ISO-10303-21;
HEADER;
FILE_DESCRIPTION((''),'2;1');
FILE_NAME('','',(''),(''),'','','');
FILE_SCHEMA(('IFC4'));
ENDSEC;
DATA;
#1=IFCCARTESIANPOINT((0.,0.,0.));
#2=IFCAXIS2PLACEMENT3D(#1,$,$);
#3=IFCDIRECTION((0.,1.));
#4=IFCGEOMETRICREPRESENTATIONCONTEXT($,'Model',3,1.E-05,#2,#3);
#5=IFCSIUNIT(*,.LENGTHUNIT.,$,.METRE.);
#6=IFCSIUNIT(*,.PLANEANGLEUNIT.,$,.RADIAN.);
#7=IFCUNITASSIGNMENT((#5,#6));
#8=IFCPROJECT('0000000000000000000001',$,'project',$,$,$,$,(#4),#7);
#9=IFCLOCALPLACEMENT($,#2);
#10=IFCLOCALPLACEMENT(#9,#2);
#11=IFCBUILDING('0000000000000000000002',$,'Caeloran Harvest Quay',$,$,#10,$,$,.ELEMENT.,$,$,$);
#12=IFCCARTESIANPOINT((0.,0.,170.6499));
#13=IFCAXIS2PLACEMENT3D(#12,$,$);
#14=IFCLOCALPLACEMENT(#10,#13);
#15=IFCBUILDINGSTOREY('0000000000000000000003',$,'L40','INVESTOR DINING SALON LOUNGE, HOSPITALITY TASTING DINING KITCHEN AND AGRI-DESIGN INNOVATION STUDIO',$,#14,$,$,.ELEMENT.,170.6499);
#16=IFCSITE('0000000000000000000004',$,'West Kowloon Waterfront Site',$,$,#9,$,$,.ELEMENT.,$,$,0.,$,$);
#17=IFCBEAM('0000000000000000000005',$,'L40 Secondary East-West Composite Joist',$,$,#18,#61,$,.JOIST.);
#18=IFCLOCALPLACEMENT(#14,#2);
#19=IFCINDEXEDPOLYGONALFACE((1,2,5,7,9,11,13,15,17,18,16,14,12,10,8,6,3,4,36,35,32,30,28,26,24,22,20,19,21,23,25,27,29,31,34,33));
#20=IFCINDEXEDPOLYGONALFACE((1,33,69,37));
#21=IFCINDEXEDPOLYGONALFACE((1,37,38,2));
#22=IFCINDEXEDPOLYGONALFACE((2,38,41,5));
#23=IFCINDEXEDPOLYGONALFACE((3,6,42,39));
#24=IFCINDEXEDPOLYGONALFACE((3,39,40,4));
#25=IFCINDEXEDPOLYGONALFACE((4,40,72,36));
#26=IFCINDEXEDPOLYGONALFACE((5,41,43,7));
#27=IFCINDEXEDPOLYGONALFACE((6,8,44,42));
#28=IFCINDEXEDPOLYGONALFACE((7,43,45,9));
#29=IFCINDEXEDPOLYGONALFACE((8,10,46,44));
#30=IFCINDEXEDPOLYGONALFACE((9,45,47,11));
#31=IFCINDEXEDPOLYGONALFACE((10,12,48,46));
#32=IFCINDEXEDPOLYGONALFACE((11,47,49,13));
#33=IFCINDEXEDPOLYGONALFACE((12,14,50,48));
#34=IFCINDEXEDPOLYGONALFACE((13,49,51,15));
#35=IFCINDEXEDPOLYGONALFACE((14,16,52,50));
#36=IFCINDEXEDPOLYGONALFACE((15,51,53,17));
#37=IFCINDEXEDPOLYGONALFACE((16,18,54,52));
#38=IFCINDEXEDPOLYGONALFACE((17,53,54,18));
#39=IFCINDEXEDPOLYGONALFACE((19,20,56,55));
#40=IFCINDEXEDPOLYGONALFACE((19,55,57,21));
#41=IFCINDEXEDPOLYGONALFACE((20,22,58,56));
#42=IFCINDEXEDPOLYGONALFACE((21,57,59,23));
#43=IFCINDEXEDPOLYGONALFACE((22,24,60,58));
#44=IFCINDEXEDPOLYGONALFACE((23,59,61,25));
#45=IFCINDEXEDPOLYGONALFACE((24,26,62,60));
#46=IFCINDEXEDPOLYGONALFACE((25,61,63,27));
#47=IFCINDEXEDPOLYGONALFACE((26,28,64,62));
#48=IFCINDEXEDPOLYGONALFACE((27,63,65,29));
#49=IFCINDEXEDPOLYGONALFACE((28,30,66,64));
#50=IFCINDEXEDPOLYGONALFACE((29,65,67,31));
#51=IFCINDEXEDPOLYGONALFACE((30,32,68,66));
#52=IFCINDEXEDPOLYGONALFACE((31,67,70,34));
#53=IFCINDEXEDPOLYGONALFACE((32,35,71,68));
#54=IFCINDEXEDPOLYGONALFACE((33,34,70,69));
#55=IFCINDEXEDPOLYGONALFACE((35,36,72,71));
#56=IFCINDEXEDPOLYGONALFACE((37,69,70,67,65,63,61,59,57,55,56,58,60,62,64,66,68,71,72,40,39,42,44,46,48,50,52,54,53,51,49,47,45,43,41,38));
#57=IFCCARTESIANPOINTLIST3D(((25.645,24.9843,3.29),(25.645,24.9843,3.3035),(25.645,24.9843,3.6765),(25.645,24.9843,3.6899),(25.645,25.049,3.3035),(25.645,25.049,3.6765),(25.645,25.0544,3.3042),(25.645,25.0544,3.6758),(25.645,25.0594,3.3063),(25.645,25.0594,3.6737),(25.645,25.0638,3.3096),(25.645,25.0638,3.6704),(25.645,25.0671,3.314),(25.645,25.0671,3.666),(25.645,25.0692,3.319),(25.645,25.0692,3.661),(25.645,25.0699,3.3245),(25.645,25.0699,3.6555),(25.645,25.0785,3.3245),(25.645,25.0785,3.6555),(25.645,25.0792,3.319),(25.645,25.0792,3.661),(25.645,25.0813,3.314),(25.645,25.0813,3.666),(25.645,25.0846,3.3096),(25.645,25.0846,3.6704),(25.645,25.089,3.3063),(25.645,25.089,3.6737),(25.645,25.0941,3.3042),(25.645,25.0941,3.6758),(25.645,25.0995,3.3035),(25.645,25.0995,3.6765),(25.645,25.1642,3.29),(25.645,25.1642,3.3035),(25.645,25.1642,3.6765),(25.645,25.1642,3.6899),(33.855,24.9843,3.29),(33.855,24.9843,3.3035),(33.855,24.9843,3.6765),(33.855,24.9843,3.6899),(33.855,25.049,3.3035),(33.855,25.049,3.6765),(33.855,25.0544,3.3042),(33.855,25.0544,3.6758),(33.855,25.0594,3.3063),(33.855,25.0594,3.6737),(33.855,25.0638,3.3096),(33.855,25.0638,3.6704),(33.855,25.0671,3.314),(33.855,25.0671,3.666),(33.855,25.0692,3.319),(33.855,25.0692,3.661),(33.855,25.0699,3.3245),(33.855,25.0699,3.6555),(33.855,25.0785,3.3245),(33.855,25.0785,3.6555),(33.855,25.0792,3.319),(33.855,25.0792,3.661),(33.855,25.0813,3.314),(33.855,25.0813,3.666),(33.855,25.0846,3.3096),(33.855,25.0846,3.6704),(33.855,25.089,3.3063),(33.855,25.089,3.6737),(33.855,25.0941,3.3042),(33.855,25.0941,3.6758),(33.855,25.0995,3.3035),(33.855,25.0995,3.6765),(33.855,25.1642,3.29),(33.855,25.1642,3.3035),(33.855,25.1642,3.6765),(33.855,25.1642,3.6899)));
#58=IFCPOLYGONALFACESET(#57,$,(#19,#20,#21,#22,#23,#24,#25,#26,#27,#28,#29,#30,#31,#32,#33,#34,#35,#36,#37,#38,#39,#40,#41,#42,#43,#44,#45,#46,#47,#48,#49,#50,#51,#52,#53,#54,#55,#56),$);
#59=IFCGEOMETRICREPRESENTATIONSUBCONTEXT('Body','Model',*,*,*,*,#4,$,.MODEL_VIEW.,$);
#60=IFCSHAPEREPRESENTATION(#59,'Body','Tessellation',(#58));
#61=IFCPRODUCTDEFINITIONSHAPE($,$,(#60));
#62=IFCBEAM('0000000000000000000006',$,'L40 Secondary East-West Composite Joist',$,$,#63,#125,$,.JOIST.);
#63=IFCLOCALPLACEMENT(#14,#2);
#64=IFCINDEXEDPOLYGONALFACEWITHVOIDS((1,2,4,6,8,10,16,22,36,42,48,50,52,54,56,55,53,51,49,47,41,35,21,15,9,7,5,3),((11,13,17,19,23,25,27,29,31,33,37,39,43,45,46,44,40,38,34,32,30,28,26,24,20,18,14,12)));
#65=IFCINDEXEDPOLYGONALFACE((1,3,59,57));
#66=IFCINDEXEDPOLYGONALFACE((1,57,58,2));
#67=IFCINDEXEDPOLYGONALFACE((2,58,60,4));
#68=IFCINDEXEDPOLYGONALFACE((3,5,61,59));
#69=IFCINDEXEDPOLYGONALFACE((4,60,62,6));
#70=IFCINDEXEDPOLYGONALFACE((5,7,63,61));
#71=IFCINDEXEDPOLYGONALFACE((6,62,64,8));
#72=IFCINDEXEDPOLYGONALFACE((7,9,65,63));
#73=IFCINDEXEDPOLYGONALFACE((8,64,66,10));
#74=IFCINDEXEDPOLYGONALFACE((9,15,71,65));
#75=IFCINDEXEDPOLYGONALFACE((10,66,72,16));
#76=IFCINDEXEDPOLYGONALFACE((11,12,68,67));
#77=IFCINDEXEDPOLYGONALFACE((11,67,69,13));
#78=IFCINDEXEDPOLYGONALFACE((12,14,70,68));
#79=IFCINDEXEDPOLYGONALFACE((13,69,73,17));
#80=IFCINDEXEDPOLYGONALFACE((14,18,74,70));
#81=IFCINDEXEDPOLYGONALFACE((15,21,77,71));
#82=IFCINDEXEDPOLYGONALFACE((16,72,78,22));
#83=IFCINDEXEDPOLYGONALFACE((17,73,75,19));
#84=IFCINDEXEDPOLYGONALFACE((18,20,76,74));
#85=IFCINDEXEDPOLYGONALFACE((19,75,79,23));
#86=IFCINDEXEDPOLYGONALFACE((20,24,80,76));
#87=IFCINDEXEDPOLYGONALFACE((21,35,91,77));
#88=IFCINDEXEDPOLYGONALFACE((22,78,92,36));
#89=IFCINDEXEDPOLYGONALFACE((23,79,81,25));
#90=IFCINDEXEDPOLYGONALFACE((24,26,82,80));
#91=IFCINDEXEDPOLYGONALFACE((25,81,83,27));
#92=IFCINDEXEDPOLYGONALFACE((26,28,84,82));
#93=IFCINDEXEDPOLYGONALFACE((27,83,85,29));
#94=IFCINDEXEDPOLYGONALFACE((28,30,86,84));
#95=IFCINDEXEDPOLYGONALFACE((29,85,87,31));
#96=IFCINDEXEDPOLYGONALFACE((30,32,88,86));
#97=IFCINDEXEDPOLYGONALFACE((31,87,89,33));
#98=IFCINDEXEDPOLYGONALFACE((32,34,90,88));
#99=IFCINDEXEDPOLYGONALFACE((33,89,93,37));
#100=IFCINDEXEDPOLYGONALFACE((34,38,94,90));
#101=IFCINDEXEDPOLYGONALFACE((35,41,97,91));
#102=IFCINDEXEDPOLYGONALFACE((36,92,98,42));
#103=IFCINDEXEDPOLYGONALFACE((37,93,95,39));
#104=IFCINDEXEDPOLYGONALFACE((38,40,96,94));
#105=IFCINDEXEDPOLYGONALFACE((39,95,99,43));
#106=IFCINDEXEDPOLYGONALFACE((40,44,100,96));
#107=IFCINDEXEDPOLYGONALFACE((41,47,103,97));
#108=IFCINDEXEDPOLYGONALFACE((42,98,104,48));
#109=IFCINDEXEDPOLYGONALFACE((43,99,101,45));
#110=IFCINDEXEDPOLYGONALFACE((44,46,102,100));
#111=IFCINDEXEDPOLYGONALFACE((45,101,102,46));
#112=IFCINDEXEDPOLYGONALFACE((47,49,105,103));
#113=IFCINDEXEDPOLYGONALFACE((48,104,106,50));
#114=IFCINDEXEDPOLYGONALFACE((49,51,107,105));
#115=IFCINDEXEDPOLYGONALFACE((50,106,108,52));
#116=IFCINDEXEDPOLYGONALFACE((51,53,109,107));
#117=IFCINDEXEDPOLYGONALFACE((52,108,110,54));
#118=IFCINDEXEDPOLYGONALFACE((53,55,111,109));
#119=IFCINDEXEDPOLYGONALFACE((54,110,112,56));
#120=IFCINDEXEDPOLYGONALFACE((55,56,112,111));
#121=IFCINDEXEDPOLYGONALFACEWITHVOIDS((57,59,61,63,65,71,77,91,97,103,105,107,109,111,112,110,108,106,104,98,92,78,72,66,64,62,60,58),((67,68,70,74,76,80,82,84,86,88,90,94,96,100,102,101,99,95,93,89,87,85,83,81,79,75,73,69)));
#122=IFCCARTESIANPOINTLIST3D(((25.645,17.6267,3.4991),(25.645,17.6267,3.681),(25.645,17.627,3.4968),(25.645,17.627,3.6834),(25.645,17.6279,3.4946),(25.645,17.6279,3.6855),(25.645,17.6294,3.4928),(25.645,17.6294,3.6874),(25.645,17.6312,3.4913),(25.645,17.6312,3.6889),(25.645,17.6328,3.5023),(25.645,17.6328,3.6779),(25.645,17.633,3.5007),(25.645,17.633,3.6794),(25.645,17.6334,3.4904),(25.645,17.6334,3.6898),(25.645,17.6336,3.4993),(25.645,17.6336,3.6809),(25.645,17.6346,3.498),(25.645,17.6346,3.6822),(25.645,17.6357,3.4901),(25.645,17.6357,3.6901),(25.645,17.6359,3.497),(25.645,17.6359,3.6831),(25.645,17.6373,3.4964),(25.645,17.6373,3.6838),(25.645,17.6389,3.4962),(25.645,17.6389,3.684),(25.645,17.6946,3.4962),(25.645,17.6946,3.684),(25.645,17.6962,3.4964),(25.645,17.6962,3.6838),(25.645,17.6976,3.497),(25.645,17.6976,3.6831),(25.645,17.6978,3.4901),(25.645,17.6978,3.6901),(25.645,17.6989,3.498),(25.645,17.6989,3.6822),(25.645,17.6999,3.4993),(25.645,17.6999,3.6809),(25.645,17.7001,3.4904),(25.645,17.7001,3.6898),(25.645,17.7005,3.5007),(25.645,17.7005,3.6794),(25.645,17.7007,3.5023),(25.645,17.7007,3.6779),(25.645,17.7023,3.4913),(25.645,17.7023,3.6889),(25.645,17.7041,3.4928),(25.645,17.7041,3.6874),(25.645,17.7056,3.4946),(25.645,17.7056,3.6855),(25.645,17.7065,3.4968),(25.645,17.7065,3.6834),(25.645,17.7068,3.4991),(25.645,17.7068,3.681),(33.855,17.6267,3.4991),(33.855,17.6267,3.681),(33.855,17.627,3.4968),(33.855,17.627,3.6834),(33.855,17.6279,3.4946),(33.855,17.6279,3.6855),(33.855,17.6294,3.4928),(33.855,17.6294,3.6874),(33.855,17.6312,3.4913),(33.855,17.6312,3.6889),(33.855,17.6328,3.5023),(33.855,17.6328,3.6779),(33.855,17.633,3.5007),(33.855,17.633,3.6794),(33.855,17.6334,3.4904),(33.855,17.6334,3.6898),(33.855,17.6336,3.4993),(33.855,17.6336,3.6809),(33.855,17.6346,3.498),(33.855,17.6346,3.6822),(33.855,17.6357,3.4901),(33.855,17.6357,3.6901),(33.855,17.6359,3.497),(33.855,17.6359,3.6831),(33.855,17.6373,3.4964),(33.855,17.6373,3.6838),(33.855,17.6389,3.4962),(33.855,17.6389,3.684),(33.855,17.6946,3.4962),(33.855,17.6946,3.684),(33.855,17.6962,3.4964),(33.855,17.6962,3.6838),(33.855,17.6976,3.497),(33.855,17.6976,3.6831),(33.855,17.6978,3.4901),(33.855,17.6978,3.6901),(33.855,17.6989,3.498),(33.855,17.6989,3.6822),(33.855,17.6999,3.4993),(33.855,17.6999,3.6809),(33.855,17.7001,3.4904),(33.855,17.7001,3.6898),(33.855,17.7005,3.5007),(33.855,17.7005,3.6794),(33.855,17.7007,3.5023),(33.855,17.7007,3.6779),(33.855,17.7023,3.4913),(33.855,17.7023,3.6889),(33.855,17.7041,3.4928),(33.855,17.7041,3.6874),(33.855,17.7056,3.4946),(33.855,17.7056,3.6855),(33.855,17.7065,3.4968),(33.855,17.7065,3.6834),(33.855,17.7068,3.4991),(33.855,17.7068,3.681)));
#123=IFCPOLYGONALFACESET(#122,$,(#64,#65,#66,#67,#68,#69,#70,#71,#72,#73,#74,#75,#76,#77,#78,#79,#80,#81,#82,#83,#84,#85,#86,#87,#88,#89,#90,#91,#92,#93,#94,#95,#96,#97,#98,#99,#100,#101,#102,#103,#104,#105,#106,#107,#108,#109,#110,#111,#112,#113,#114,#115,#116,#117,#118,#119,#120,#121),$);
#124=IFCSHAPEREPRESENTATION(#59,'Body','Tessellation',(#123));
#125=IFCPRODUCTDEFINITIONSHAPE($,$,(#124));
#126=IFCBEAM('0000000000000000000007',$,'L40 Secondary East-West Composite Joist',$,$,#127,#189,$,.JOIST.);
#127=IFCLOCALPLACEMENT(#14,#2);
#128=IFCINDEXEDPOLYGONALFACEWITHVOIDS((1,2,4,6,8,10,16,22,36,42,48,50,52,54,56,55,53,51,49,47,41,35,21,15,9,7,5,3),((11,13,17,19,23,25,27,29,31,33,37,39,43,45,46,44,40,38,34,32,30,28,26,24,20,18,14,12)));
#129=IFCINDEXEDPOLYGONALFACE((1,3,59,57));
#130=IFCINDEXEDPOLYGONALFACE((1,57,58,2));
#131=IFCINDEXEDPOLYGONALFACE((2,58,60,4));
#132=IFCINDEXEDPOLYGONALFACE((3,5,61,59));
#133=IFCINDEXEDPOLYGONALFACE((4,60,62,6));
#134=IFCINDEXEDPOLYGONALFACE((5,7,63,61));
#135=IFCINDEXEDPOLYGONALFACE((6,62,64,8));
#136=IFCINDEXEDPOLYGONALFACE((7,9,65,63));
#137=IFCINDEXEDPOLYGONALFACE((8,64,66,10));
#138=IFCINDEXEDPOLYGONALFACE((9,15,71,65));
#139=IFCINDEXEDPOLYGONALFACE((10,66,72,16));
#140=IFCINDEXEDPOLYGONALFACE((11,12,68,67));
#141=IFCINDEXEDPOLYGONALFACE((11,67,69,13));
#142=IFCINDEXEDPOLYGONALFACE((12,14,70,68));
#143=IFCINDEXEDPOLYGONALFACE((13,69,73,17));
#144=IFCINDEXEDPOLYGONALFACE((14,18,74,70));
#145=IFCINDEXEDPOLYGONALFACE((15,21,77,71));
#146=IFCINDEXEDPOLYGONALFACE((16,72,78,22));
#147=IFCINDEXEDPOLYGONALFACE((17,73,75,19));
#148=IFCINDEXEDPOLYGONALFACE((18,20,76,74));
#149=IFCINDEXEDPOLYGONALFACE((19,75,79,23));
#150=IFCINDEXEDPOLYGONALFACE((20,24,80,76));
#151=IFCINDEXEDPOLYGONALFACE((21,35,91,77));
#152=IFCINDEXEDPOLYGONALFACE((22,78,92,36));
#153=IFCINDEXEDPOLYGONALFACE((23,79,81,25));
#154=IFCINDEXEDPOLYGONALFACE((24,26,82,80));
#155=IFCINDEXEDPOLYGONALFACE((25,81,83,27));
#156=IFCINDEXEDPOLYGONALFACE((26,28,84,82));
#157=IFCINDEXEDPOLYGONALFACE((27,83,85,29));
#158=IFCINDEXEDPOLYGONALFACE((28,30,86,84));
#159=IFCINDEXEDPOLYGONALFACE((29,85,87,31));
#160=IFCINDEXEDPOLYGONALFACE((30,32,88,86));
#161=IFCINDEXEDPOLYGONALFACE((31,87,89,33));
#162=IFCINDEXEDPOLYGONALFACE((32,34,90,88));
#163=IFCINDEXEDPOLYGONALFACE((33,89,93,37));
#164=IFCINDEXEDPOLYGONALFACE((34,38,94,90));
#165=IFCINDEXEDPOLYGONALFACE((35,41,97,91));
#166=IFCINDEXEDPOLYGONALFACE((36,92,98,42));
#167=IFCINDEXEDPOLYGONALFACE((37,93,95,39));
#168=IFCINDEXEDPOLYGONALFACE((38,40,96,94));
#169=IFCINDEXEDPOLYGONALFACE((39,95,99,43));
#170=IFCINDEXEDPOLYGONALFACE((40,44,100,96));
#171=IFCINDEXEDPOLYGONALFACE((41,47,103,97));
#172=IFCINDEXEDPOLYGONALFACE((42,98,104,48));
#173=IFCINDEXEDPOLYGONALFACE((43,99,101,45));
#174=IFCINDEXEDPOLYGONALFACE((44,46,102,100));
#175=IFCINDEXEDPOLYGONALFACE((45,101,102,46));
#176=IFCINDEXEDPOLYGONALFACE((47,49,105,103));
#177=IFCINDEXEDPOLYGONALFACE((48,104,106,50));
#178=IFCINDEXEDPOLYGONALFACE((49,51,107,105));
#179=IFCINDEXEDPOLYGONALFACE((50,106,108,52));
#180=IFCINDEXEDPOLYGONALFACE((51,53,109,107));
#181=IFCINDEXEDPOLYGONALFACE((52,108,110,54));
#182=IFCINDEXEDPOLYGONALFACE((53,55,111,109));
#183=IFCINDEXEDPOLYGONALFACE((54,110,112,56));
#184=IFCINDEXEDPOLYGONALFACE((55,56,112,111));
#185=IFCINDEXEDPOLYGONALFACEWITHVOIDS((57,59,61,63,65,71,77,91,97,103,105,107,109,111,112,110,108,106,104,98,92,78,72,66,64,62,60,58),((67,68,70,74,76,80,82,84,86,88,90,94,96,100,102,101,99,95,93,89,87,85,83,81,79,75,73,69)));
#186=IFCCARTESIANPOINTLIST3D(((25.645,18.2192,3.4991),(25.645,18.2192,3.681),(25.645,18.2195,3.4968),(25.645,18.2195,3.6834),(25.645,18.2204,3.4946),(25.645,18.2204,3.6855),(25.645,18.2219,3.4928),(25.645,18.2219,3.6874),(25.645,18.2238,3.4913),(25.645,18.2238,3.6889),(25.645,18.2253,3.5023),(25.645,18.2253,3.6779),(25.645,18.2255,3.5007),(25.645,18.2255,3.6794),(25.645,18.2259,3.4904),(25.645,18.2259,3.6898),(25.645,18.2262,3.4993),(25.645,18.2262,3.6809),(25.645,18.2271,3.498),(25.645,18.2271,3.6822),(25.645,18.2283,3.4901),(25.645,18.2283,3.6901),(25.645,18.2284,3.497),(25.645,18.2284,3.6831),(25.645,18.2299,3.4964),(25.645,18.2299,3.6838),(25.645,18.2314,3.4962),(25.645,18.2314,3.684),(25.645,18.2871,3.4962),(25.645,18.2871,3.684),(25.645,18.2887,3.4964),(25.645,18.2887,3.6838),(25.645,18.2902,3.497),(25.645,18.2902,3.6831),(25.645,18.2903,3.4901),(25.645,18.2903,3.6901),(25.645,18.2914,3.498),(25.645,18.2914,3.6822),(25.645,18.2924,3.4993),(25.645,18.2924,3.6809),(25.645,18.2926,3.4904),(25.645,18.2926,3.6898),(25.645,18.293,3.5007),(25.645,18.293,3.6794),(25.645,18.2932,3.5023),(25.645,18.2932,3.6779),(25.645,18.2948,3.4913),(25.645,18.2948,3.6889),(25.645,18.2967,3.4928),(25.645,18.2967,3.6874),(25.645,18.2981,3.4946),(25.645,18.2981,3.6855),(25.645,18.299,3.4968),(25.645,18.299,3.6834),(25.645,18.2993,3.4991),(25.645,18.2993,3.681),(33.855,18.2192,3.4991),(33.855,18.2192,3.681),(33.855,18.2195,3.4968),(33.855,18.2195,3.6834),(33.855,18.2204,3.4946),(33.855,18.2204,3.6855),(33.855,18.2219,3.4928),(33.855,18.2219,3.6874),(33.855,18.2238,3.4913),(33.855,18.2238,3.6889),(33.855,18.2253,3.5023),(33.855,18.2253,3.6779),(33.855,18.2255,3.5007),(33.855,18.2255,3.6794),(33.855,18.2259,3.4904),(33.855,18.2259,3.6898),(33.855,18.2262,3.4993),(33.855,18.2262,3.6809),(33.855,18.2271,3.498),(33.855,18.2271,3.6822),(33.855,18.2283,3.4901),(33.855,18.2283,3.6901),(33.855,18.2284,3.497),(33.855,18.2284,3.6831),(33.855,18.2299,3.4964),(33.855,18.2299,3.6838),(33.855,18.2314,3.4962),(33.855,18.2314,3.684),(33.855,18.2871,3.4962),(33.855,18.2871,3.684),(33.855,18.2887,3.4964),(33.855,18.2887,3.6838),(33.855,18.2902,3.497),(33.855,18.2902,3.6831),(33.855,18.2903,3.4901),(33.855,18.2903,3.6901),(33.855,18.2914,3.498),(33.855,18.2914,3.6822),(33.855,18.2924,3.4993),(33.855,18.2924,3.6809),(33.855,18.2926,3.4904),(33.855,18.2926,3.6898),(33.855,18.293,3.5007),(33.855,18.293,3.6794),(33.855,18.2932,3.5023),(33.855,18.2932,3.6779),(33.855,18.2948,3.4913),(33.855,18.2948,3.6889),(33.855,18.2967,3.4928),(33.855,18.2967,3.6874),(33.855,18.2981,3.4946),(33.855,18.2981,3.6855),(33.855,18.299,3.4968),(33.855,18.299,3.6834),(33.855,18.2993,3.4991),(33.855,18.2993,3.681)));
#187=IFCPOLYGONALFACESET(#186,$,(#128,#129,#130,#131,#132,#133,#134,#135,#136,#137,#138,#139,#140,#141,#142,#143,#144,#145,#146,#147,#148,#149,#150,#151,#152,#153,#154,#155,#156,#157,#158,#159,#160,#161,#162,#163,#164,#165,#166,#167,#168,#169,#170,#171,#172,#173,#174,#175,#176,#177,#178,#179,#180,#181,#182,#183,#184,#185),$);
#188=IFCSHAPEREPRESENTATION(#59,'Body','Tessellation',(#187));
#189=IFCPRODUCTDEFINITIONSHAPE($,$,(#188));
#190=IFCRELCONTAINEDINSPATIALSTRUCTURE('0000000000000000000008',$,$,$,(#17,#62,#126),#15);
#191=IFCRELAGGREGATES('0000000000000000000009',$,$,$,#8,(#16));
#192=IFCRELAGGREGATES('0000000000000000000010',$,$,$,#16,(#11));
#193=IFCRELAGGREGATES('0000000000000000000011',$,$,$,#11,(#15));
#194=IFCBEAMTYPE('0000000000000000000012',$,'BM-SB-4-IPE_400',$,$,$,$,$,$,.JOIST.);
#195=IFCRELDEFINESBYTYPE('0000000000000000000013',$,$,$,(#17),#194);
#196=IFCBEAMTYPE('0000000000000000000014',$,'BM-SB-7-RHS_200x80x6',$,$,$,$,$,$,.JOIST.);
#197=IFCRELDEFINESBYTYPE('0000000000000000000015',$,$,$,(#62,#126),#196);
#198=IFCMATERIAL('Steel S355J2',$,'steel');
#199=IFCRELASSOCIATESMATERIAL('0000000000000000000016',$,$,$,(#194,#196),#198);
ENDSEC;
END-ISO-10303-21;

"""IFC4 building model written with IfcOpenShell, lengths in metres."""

from ifc_helpers import new_model, si_unit, direction, frame, origin, origin_2d, place, context, subcontext, project, spatial, hollow_rectangle, i_section, extrude, material, material_profile, profile_set, type_object, element, save


model = new_model("IFC4")

# Units and contexts
model_context = context("Model", 3, precision=1e-05, world=origin(), true_north=direction((0.0, 1.0)))
body_context = subcontext(model_context, "Body", "Model", "MODEL_VIEW")
ifc_project = project(units=[si_unit("LENGTHUNIT", "METRE"), si_unit("PLANEANGLEUNIT", "RADIAN")], contexts=[model_context])

# Site, building, storey
site_placement = place(None, origin())
site = spatial("IfcSite", under=ifc_project, at=site_placement, Name="West Kowloon Waterfront Site", CompositionType="ELEMENT", RefElevation=0.0)
building_placement = place(site_placement, origin())
building = spatial("IfcBuilding", under=site, at=building_placement, Name="Caeloran Harvest Quay", CompositionType="ELEMENT")
storey_placement = place(building_placement, frame((0.0, 0.0, 170.6499)))
storey = spatial("IfcBuildingStorey", under=building, at=storey_placement, Name="L40", Description="INVESTOR DINING SALON LOUNGE, HOSPITALITY TASTING DINING KITCHEN AND AGRI-DESIGN INNOVATION STUDIO", CompositionType="ELEMENT", Elevation=170.6499)

# Beams
ifc_material_1 = material(Name="Steel S355J2", Category="steel")
ifc_material_profile_1 = material_profile(ifc_material_1, i_section(OverallWidth=0.1799, OverallDepth=0.3999, WebThickness=0.0085, FlangeThickness=0.0134, FilletRadius=0.021, at=origin_2d()), Name="IPE 400")
ifc_profile_set_1 = profile_set([ifc_material_profile_1], Name="Steel S355J2")
beam_type_1 = type_object("IfcBeamType", Name="BM-SB-4-IPE_400", PredefinedType="JOIST", material=ifc_profile_set_1)
for number, where, z_axis, x_axis, name in (
    (1, (25.645, 25.0742, 3.49), (1.0, 0.0, 0.0), (0.0, 1.0, 0.0), "L40 Secondary East-West Composite Joist"),
):
    element("IfcBeam", number, at=place(storey_placement, frame(where, z_axis=z_axis, x_axis=x_axis)), inside=storey, type_object=beam_type_1, Name=name, PredefinedType="JOIST", context=body_context, shape_type="SweptSolid", body=[
        extrude(i_section(OverallWidth=0.1799, OverallDepth=0.3999, WebThickness=0.0085, FlangeThickness=0.0134, FilletRadius=0.021, at=origin_2d()), origin(), (0.0, 0.0, 1.0), 8.21),
    ])
ifc_material_profile_2 = material_profile(ifc_material_1, hollow_rectangle(XDim=0.0801, YDim=0.2, WallThickness=0.0061, InnerFilletRadius=0.0061, OuterFilletRadius=0.009, at=origin_2d()), Name="RHS 200x80x6")
ifc_profile_set_2 = profile_set([ifc_material_profile_2], Name="Steel S355J2")
beam_type_2 = type_object("IfcBeamType", Name="BM-SB-7-RHS_200x80x6", PredefinedType="JOIST", material=ifc_profile_set_2)
for number, where, z_axis, x_axis, name in (
    (2, (25.645, 17.6667, 3.5901), (1.0, 0.0, 0.0), (0.0, 1.0, 0.0), "L40 Secondary East-West Composite Joist"),
    (3, (25.645, 18.2593, 3.5901), (1.0, 0.0, 0.0), (0.0, 1.0, 0.0), "L40 Secondary East-West Composite Joist"),
):
    element("IfcBeam", number, at=place(storey_placement, frame(where, z_axis=z_axis, x_axis=x_axis)), inside=storey, type_object=beam_type_2, Name=name, PredefinedType="JOIST", context=body_context, shape_type="SweptSolid", body=[
        extrude(hollow_rectangle(XDim=0.0801, YDim=0.2, WallThickness=0.0061, InnerFilletRadius=0.0061, OuterFilletRadius=0.009, at=origin_2d()), origin(), (0.0, 0.0, 1.0), 8.21),
    ])

save(model, "model.ifc")
